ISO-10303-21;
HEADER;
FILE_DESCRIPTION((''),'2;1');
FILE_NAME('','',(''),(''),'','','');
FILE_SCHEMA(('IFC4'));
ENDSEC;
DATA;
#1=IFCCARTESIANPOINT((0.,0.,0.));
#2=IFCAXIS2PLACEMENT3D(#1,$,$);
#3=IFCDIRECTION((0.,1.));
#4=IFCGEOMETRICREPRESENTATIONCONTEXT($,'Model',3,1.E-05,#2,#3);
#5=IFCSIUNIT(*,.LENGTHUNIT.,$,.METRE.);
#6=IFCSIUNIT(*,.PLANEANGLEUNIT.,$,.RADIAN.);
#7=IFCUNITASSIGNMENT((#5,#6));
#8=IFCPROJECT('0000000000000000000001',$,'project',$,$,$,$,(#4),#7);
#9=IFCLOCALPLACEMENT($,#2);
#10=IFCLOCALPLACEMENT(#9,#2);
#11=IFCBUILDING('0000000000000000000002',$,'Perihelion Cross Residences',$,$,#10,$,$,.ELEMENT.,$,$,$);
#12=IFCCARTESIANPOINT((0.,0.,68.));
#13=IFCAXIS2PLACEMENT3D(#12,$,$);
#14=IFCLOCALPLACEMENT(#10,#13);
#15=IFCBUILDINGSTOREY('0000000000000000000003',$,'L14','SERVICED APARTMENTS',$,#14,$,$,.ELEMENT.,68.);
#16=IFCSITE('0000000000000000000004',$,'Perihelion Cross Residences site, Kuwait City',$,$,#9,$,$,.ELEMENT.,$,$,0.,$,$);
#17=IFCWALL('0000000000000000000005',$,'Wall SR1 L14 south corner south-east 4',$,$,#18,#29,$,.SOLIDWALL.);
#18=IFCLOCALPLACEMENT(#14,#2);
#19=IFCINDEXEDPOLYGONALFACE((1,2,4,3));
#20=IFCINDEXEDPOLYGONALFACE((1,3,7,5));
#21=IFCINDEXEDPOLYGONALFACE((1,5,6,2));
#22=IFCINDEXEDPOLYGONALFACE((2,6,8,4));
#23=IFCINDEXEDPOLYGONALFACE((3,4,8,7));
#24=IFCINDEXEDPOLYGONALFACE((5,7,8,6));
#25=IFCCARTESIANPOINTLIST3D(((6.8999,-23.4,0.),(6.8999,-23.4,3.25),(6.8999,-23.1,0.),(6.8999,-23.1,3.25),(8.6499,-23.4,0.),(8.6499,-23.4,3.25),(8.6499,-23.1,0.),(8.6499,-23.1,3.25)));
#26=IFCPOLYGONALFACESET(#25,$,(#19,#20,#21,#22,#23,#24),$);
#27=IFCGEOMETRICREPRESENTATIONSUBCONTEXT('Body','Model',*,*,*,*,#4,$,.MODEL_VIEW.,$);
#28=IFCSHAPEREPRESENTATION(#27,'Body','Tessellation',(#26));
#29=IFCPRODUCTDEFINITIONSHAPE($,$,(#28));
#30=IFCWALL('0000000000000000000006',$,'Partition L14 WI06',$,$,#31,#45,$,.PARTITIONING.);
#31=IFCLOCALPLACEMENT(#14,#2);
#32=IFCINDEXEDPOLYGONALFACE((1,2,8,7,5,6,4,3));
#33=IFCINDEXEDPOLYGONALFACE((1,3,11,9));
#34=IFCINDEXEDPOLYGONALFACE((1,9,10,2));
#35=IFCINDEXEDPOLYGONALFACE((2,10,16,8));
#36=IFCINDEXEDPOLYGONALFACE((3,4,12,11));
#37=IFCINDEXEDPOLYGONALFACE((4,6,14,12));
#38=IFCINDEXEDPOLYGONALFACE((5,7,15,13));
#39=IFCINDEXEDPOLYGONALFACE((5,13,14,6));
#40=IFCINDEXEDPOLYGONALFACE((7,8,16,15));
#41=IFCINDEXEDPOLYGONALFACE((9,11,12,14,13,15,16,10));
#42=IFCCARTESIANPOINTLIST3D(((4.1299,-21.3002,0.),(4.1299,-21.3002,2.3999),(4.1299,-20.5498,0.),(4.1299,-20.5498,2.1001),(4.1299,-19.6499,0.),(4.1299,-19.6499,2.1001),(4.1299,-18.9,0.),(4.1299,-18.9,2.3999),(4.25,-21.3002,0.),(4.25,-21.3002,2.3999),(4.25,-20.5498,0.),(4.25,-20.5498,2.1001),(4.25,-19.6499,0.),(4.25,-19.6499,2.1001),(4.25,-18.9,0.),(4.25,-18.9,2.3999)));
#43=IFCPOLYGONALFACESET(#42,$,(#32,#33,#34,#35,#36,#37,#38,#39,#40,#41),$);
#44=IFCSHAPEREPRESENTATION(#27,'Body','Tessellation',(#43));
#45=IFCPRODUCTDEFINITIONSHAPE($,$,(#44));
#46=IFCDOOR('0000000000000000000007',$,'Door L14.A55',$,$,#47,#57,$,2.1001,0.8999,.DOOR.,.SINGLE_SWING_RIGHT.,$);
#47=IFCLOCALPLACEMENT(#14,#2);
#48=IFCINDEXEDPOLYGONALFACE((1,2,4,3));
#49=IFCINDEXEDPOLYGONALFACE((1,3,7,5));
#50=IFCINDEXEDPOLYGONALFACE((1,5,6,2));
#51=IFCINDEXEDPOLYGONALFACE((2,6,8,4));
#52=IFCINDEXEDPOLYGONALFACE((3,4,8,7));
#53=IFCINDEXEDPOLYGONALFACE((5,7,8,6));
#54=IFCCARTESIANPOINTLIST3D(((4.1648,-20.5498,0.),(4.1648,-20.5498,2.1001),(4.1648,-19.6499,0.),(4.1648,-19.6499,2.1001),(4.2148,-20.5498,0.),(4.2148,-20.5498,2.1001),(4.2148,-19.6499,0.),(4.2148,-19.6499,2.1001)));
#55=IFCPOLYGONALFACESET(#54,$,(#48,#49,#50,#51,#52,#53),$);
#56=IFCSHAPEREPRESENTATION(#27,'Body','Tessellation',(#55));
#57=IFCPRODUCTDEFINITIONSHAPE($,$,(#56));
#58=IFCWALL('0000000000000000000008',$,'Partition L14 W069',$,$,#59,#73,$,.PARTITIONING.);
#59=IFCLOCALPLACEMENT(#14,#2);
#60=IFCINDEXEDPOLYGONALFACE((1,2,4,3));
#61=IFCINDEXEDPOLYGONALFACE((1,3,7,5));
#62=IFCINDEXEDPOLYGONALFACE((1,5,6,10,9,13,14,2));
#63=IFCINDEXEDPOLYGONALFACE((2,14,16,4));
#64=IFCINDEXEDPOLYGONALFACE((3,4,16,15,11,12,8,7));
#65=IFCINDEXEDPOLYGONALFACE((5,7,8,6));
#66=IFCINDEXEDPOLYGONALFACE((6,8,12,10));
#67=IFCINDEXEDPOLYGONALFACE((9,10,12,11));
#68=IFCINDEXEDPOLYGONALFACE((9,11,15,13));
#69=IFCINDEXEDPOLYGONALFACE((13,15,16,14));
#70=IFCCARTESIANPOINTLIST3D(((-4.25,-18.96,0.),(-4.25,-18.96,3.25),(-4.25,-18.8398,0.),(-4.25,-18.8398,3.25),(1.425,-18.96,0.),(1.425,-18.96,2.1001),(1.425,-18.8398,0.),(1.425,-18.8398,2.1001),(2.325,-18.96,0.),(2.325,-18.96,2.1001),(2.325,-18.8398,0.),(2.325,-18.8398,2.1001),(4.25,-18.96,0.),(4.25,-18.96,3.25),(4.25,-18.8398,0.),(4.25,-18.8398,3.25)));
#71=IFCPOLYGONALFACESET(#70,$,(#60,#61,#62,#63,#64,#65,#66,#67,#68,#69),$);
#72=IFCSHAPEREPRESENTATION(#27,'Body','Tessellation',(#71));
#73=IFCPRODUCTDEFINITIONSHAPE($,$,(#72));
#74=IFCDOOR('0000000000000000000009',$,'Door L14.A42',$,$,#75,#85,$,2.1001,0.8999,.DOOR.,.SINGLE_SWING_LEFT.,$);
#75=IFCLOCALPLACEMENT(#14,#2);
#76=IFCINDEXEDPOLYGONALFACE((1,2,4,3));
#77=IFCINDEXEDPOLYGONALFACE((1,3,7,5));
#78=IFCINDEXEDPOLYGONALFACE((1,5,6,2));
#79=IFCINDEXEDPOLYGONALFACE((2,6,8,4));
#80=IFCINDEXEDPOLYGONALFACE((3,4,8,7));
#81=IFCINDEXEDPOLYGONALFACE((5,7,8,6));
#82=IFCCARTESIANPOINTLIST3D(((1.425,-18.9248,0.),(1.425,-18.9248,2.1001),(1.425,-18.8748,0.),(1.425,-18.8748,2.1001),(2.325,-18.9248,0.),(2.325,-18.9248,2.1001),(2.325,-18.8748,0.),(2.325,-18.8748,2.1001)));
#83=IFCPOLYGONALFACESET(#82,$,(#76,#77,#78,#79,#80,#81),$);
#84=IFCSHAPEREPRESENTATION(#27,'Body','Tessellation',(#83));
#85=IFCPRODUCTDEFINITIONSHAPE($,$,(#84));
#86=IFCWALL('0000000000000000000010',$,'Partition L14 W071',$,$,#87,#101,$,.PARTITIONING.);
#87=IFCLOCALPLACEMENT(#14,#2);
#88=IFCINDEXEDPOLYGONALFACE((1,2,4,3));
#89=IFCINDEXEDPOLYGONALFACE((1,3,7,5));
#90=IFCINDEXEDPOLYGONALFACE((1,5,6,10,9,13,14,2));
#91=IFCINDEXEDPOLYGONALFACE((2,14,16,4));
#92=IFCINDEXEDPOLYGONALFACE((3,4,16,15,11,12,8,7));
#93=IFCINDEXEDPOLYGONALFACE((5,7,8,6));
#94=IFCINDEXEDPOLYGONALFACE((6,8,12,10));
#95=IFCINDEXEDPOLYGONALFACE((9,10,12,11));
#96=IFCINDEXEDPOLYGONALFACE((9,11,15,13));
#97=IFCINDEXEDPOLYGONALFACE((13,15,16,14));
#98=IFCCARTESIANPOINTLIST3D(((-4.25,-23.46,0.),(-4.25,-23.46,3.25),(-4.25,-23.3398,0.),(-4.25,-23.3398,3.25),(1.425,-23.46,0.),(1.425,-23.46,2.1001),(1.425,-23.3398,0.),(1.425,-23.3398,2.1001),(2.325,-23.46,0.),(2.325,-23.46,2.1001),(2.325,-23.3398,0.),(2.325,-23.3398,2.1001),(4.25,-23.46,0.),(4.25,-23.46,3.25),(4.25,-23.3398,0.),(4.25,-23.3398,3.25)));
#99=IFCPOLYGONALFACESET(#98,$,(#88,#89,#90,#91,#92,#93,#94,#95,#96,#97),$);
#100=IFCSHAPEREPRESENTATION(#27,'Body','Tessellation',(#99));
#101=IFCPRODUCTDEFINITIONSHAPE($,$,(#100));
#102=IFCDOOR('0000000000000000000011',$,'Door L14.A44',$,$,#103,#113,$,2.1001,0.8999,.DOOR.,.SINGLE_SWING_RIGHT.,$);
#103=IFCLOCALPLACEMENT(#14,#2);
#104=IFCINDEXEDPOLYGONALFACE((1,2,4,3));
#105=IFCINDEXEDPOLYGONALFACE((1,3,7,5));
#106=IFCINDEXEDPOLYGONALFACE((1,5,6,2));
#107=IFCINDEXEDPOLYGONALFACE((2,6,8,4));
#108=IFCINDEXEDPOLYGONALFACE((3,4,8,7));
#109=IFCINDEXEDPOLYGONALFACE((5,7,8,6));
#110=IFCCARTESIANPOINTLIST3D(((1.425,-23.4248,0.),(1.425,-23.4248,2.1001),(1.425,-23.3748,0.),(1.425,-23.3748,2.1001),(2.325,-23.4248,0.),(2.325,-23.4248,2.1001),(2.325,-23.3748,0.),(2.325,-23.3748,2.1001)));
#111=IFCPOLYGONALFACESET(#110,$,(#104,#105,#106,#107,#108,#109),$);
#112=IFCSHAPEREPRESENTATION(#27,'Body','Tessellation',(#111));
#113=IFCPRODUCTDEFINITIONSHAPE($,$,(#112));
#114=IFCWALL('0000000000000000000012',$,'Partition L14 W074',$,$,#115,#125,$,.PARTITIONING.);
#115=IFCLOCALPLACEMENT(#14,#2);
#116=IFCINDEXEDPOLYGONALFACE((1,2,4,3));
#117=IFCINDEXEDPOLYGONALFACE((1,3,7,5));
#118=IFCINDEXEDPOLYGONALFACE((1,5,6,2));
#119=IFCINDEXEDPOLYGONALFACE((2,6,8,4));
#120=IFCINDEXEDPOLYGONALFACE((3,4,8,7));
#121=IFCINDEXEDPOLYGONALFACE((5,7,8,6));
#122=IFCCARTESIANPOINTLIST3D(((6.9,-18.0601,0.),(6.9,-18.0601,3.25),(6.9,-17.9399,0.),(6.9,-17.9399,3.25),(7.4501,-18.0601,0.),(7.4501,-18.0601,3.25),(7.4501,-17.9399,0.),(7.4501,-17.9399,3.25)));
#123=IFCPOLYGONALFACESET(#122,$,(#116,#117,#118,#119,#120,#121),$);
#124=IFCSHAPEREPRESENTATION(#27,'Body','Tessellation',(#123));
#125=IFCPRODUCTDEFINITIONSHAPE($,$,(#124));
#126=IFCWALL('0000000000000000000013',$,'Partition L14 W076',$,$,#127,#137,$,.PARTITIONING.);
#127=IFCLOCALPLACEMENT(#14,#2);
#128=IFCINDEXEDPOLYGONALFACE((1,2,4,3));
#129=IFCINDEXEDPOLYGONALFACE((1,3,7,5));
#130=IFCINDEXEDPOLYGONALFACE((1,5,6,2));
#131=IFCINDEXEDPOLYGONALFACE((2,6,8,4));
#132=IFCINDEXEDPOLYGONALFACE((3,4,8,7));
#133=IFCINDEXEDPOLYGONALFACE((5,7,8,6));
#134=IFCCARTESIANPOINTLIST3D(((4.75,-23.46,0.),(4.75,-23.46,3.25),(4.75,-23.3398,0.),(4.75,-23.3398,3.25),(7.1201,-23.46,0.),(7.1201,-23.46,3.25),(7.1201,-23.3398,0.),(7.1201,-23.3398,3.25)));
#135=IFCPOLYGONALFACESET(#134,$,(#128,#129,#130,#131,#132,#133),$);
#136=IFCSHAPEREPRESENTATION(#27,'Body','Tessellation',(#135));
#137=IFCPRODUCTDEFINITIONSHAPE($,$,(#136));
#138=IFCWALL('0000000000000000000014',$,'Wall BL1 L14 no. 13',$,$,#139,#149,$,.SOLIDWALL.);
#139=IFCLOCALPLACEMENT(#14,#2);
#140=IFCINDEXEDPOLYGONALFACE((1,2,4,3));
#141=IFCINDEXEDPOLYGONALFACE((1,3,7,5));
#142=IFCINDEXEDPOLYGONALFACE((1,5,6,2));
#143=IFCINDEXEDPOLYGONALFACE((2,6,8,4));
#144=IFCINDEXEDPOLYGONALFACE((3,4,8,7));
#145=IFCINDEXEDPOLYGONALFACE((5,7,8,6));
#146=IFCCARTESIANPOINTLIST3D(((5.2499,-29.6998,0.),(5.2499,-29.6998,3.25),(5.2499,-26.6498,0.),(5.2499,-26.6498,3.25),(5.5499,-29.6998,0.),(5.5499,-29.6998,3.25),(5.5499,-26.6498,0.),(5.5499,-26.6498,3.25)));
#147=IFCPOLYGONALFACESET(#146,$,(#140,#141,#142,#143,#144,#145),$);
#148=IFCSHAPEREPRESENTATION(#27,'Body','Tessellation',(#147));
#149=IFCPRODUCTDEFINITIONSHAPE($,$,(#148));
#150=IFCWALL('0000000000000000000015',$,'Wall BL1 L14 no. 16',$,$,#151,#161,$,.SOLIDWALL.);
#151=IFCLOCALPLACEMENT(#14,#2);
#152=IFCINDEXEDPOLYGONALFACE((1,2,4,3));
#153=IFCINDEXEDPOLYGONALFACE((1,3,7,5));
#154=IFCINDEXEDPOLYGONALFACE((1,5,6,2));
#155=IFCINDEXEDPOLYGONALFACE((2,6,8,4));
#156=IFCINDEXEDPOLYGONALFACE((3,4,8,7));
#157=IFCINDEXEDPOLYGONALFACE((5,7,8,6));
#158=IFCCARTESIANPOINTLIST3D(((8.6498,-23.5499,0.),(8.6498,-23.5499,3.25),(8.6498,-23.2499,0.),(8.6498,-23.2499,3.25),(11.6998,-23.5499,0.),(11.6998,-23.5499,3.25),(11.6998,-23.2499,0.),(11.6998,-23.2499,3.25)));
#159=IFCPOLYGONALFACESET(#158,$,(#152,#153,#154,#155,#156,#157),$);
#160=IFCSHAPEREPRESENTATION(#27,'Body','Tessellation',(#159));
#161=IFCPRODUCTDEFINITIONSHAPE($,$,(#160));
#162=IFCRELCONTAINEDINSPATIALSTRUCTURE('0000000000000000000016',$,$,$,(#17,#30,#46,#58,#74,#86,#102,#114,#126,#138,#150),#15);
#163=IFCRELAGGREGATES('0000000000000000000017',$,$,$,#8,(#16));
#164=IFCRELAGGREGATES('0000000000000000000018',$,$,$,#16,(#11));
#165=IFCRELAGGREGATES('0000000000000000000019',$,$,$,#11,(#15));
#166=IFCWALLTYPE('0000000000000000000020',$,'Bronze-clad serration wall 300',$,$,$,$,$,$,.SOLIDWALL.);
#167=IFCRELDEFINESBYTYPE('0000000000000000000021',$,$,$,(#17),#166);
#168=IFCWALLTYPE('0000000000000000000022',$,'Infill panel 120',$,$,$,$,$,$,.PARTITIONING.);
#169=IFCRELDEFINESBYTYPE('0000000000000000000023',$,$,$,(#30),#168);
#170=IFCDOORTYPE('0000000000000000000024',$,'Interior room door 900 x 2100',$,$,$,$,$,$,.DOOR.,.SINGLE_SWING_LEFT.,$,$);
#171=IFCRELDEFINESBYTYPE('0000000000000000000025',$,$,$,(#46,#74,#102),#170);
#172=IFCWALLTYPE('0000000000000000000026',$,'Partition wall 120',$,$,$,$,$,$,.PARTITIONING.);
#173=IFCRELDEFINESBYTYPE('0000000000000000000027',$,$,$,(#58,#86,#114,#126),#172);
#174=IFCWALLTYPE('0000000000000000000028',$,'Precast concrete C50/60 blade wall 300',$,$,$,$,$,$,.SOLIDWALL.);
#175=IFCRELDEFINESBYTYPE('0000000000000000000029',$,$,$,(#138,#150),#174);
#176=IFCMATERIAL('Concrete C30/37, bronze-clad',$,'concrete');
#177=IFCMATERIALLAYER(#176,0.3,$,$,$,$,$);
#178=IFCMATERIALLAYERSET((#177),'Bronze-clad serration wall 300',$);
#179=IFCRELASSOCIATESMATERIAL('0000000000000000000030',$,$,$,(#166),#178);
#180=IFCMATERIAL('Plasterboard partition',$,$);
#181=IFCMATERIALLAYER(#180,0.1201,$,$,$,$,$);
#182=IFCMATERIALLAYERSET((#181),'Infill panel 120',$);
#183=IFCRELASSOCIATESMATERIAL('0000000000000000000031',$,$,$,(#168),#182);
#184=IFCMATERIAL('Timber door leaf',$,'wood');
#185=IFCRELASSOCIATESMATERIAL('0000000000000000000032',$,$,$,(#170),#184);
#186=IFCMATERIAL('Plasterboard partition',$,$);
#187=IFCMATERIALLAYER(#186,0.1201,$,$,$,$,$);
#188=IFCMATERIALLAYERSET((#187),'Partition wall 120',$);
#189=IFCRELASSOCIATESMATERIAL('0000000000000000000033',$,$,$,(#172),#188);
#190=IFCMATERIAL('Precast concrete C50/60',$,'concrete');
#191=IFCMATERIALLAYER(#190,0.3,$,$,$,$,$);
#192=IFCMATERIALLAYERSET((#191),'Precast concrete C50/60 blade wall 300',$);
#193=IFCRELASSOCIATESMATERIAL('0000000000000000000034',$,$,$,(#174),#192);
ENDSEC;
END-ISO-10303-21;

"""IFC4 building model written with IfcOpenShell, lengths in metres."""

from ifc_helpers import new_model, si_unit, direction, frame, frame_2d, origin, place, context, subcontext, project, spatial, rectangle, extrude, material, layer, layer_set, type_object, element, fill, save


model = new_model("IFC4")

# Units and contexts
model_context = context("Model", 3, precision=1e-05, world=origin(), true_north=direction((0.0, 1.0)))
body_context = subcontext(model_context, "Body", "Model", "MODEL_VIEW")
ifc_project = project(units=[si_unit("LENGTHUNIT", "METRE"), si_unit("PLANEANGLEUNIT", "RADIAN")], contexts=[model_context])

# Site, building, storey
site_placement = place(None, origin())
site = spatial("IfcSite", under=ifc_project, at=site_placement, Name="Perihelion Cross Residences site, Kuwait City", CompositionType="ELEMENT", RefElevation=0.0)
building_placement = place(site_placement, origin())
building = spatial("IfcBuilding", under=site, at=building_placement, Name="Perihelion Cross Residences", CompositionType="ELEMENT")
storey_placement = place(building_placement, frame((0.0, 0.0, 68.0)))
storey = spatial("IfcBuildingStorey", under=building, at=storey_placement, Name="L14", Description="SERVICED APARTMENTS", CompositionType="ELEMENT", Elevation=68.0)

# Wall
ifc_material_1 = material(Name="Concrete C30/37, bronze-clad", Category="concrete")
ifc_layer_1 = layer(ifc_material_1, 0.3)
ifc_layer_set_1 = layer_set([ifc_layer_1], Name="Bronze-clad serration wall 300")
wall_type_1 = type_object("IfcWallType", Name="Bronze-clad serration wall 300", PredefinedType="SOLIDWALL", material=ifc_layer_set_1)
wall_1_placement = place(storey_placement, frame((6.8999, -23.25, 0.0), z_axis=(0.0, 0.0, 1.0), x_axis=(1.0, 0.0, 0.0)))
element("IfcWall", 1, at=wall_1_placement, inside=storey, type_object=wall_type_1, Name="Wall SR1 L14 south corner south-east 4", PredefinedType="SOLIDWALL", context=body_context, shape_type="SweptSolid", body=[
    extrude(rectangle(XDim=1.75, YDim=0.3, at=frame_2d((0.875, 0.0))), origin(), (0.0, 0.0, 1.0), 3.25),
])

# Walls, openings, doors
ifc_material_2 = material(Name="Plasterboard partition")
ifc_layer_2 = layer(ifc_material_2, 0.1201)
ifc_layer_set_2 = layer_set([ifc_layer_2], Name="Infill panel 120")
wall_type_2 = type_object("IfcWallType", Name="Infill panel 120", PredefinedType="PARTITIONING", material=ifc_layer_set_2)
wall_2_placement = place(storey_placement, frame((4.1899, -18.8999, 0.0), z_axis=(0.0, 0.0, 1.0), x_axis=(0.0, -1.0, 0.0)))
wall_2 = element("IfcWall", 2, at=wall_2_placement, inside=storey, type_object=wall_type_2, Name="Partition L14 WI06", PredefinedType="PARTITIONING", context=body_context, shape_type="SweptSolid", body=[
    extrude(rectangle(XDim=2.4001, YDim=0.1201, at=frame_2d((1.2002, 0.0))), origin(), (0.0, 0.0, 1.0), 2.3999),
])
opening_1_placement = place(wall_2_placement, frame((0.75, 0.0, 0.0)))
opening_1 = element("IfcOpeningElement", 3, at=opening_1_placement, cuts=wall_2, PredefinedType="OPENING", context=body_context, shape_type="SweptSolid", body=[
    extrude(rectangle(XDim=0.8999, YDim=2.1001, at=frame_2d((0.45, 1.05))), frame((0.0, 0.0701, 0.0), z_axis=(0.0, -1.0, 0.0), x_axis=(1.0, 0.0, 0.0)), (0.0, 0.0, 1.0), 0.1401),
])
ifc_material_3 = material(Name="Timber door leaf", Category="wood")
door_type_1 = type_object("IfcDoorType", Name="Interior room door 900 x 2100", OperationType="SINGLE_SWING_LEFT", PredefinedType="DOOR", material=ifc_material_3)
door_1_placement = place(opening_1_placement, origin())
door_1 = element("IfcDoor", 4, at=door_1_placement, inside=storey, type_object=door_type_1, Name="Door L14.A55", OperationType="SINGLE_SWING_RIGHT", OverallHeight=2.1001, OverallWidth=0.8999, PredefinedType="DOOR", context=body_context, shape_type="SweptSolid", body=[
    extrude(rectangle(XDim=0.8999, YDim=2.1001, at=frame_2d((0.45, 1.05))), frame((0.0, 0.0249, 0.0), z_axis=(0.0, -1.0, 0.0), x_axis=(1.0, 0.0, 0.0)), (0.0, 0.0, 1.0), 0.05),
])
fill(opening_1, door_1)
ifc_material_4 = material(Name="Plasterboard partition")
ifc_layer_3 = layer(ifc_material_4, 0.1201)
ifc_layer_set_3 = layer_set([ifc_layer_3], Name="Partition wall 120")
wall_type_3 = type_object("IfcWallType", Name="Partition wall 120", PredefinedType="PARTITIONING", material=ifc_layer_set_3)
wall_3_placement = place(storey_placement, frame((4.25, -18.8999, 0.0), z_axis=(0.0, 0.0, 1.0), x_axis=(-1.0, 0.0, 0.0)))
wall_3 = element("IfcWall", 5, at=wall_3_placement, inside=storey, type_object=wall_type_3, Name="Partition L14 W069", PredefinedType="PARTITIONING", context=body_context, shape_type="SweptSolid", body=[
    extrude(rectangle(XDim=8.5, YDim=0.1201, at=frame_2d((4.25, 0.0))), origin(), (0.0, 0.0, 1.0), 3.25),
])
opening_2_placement = place(wall_3_placement, frame((1.925, 0.0, 0.0)))
opening_2 = element("IfcOpeningElement", 6, at=opening_2_placement, cuts=wall_3, PredefinedType="OPENING", context=body_context, shape_type="SweptSolid", body=[
    extrude(rectangle(XDim=0.8999, YDim=2.1001, at=frame_2d((0.45, 1.05))), frame((0.0, 0.0701, 0.0), z_axis=(0.0, -1.0, 0.0), x_axis=(1.0, 0.0, 0.0)), (0.0, 0.0, 1.0), 0.1401),
])
door_2_placement = place(opening_2_placement, origin())
door_2 = element("IfcDoor", 7, at=door_2_placement, inside=storey, type_object=door_type_1, Name="Door L14.A42", OperationType="SINGLE_SWING_LEFT", OverallHeight=2.1001, OverallWidth=0.8999, PredefinedType="DOOR", context=body_context, shape_type="SweptSolid", body=[
    extrude(rectangle(XDim=0.8999, YDim=2.1001, at=frame_2d((0.45, 1.05))), frame((0.0, 0.0249, 0.0), z_axis=(0.0, -1.0, 0.0), x_axis=(1.0, 0.0, 0.0)), (0.0, 0.0, 1.0), 0.05),
])
fill(opening_2, door_2)
wall_4_placement = place(storey_placement, frame((4.25, -23.3999, 0.0), z_axis=(0.0, 0.0, 1.0), x_axis=(-1.0, 0.0, 0.0)))
wall_4 = element("IfcWall", 8, at=wall_4_placement, inside=storey, type_object=wall_type_3, Name="Partition L14 W071", PredefinedType="PARTITIONING", context=body_context, shape_type="SweptSolid", body=[
    extrude(rectangle(XDim=8.5, YDim=0.1201, at=frame_2d((4.25, 0.0))), origin(), (0.0, 0.0, 1.0), 3.25),
])
opening_3_placement = place(wall_4_placement, frame((1.925, 0.0, 0.0)))
opening_3 = element("IfcOpeningElement", 9, at=opening_3_placement, cuts=wall_4, PredefinedType="OPENING", context=body_context, shape_type="SweptSolid", body=[
    extrude(rectangle(XDim=0.8999, YDim=2.1001, at=frame_2d((0.45, 1.05))), frame((0.0, 0.0701, 0.0), z_axis=(0.0, -1.0, 0.0), x_axis=(1.0, 0.0, 0.0)), (0.0, 0.0, 1.0), 0.1401),
])
door_3_placement = place(opening_3_placement, origin())
door_3 = element("IfcDoor", 10, at=door_3_placement, inside=storey, type_object=door_type_1, Name="Door L14.A44", OperationType="SINGLE_SWING_RIGHT", OverallHeight=2.1001, OverallWidth=0.8999, PredefinedType="DOOR", context=body_context, shape_type="SweptSolid", body=[
    extrude(rectangle(XDim=0.8999, YDim=2.1001, at=frame_2d((0.45, 1.05))), frame((0.0, 0.0249, 0.0), z_axis=(0.0, -1.0, 0.0), x_axis=(1.0, 0.0, 0.0)), (0.0, 0.0, 1.0), 0.05),
])
fill(opening_3, door_3)

# Walls
wall_5_placement = place(storey_placement, frame((7.45, -18.0, 0.0), z_axis=(0.0, 0.0, 1.0), x_axis=(-1.0, 0.0, 0.0)))
element("IfcWall", 11, at=wall_5_placement, inside=storey, type_object=wall_type_3, Name="Partition L14 W074", PredefinedType="PARTITIONING", context=body_context, shape_type="SweptSolid", body=[
    extrude(rectangle(XDim=0.55, YDim=0.1201, at=frame_2d((0.2749, 0.0))), origin(), (0.0, 0.0, 1.0), 3.25),
])
wall_6_placement = place(storey_placement, frame((7.1201, -23.3999, 0.0), z_axis=(0.0, 0.0, 1.0), x_axis=(-1.0, 0.0, 0.0)))
element("IfcWall", 12, at=wall_6_placement, inside=storey, type_object=wall_type_3, Name="Partition L14 W076", PredefinedType="PARTITIONING", context=body_context, shape_type="SweptSolid", body=[
    extrude(rectangle(XDim=2.3701, YDim=0.1201, at=frame_2d((1.1851, 0.0))), origin(), (0.0, 0.0, 1.0), 3.25),
])
ifc_material_5 = material(Name="Precast concrete C50/60", Category="concrete")
ifc_layer_4 = layer(ifc_material_5, 0.3)
ifc_layer_set_4 = layer_set([ifc_layer_4], Name="Precast concrete C50/60 blade wall 300")
wall_type_4 = type_object("IfcWallType", Name="Precast concrete C50/60 blade wall 300", PredefinedType="SOLIDWALL", material=ifc_layer_set_4)
for number, where, z_axis, x_axis, name in (
    (13, (5.3999, -26.6499, 0.0), (0.0, 0.0, 1.0), (0.0, -1.0, 0.0), "Wall BL1 L14 no. 13"),
    (14, (8.6499, -23.3999, 0.0), (0.0, 0.0, 1.0), (1.0, 0.0, 0.0), "Wall BL1 L14 no. 16"),
):
    element("IfcWall", number, at=place(storey_placement, frame(where, z_axis=z_axis, x_axis=x_axis)), inside=storey, type_object=wall_type_4, Name=name, PredefinedType="SOLIDWALL", context=body_context, shape_type="SweptSolid", body=[
        extrude(rectangle(XDim=3.05, YDim=0.3, at=frame_2d((1.5249, 0.0))), origin(), (0.0, 0.0, 1.0), 3.25),
    ])

save(model, "model.ifc")
